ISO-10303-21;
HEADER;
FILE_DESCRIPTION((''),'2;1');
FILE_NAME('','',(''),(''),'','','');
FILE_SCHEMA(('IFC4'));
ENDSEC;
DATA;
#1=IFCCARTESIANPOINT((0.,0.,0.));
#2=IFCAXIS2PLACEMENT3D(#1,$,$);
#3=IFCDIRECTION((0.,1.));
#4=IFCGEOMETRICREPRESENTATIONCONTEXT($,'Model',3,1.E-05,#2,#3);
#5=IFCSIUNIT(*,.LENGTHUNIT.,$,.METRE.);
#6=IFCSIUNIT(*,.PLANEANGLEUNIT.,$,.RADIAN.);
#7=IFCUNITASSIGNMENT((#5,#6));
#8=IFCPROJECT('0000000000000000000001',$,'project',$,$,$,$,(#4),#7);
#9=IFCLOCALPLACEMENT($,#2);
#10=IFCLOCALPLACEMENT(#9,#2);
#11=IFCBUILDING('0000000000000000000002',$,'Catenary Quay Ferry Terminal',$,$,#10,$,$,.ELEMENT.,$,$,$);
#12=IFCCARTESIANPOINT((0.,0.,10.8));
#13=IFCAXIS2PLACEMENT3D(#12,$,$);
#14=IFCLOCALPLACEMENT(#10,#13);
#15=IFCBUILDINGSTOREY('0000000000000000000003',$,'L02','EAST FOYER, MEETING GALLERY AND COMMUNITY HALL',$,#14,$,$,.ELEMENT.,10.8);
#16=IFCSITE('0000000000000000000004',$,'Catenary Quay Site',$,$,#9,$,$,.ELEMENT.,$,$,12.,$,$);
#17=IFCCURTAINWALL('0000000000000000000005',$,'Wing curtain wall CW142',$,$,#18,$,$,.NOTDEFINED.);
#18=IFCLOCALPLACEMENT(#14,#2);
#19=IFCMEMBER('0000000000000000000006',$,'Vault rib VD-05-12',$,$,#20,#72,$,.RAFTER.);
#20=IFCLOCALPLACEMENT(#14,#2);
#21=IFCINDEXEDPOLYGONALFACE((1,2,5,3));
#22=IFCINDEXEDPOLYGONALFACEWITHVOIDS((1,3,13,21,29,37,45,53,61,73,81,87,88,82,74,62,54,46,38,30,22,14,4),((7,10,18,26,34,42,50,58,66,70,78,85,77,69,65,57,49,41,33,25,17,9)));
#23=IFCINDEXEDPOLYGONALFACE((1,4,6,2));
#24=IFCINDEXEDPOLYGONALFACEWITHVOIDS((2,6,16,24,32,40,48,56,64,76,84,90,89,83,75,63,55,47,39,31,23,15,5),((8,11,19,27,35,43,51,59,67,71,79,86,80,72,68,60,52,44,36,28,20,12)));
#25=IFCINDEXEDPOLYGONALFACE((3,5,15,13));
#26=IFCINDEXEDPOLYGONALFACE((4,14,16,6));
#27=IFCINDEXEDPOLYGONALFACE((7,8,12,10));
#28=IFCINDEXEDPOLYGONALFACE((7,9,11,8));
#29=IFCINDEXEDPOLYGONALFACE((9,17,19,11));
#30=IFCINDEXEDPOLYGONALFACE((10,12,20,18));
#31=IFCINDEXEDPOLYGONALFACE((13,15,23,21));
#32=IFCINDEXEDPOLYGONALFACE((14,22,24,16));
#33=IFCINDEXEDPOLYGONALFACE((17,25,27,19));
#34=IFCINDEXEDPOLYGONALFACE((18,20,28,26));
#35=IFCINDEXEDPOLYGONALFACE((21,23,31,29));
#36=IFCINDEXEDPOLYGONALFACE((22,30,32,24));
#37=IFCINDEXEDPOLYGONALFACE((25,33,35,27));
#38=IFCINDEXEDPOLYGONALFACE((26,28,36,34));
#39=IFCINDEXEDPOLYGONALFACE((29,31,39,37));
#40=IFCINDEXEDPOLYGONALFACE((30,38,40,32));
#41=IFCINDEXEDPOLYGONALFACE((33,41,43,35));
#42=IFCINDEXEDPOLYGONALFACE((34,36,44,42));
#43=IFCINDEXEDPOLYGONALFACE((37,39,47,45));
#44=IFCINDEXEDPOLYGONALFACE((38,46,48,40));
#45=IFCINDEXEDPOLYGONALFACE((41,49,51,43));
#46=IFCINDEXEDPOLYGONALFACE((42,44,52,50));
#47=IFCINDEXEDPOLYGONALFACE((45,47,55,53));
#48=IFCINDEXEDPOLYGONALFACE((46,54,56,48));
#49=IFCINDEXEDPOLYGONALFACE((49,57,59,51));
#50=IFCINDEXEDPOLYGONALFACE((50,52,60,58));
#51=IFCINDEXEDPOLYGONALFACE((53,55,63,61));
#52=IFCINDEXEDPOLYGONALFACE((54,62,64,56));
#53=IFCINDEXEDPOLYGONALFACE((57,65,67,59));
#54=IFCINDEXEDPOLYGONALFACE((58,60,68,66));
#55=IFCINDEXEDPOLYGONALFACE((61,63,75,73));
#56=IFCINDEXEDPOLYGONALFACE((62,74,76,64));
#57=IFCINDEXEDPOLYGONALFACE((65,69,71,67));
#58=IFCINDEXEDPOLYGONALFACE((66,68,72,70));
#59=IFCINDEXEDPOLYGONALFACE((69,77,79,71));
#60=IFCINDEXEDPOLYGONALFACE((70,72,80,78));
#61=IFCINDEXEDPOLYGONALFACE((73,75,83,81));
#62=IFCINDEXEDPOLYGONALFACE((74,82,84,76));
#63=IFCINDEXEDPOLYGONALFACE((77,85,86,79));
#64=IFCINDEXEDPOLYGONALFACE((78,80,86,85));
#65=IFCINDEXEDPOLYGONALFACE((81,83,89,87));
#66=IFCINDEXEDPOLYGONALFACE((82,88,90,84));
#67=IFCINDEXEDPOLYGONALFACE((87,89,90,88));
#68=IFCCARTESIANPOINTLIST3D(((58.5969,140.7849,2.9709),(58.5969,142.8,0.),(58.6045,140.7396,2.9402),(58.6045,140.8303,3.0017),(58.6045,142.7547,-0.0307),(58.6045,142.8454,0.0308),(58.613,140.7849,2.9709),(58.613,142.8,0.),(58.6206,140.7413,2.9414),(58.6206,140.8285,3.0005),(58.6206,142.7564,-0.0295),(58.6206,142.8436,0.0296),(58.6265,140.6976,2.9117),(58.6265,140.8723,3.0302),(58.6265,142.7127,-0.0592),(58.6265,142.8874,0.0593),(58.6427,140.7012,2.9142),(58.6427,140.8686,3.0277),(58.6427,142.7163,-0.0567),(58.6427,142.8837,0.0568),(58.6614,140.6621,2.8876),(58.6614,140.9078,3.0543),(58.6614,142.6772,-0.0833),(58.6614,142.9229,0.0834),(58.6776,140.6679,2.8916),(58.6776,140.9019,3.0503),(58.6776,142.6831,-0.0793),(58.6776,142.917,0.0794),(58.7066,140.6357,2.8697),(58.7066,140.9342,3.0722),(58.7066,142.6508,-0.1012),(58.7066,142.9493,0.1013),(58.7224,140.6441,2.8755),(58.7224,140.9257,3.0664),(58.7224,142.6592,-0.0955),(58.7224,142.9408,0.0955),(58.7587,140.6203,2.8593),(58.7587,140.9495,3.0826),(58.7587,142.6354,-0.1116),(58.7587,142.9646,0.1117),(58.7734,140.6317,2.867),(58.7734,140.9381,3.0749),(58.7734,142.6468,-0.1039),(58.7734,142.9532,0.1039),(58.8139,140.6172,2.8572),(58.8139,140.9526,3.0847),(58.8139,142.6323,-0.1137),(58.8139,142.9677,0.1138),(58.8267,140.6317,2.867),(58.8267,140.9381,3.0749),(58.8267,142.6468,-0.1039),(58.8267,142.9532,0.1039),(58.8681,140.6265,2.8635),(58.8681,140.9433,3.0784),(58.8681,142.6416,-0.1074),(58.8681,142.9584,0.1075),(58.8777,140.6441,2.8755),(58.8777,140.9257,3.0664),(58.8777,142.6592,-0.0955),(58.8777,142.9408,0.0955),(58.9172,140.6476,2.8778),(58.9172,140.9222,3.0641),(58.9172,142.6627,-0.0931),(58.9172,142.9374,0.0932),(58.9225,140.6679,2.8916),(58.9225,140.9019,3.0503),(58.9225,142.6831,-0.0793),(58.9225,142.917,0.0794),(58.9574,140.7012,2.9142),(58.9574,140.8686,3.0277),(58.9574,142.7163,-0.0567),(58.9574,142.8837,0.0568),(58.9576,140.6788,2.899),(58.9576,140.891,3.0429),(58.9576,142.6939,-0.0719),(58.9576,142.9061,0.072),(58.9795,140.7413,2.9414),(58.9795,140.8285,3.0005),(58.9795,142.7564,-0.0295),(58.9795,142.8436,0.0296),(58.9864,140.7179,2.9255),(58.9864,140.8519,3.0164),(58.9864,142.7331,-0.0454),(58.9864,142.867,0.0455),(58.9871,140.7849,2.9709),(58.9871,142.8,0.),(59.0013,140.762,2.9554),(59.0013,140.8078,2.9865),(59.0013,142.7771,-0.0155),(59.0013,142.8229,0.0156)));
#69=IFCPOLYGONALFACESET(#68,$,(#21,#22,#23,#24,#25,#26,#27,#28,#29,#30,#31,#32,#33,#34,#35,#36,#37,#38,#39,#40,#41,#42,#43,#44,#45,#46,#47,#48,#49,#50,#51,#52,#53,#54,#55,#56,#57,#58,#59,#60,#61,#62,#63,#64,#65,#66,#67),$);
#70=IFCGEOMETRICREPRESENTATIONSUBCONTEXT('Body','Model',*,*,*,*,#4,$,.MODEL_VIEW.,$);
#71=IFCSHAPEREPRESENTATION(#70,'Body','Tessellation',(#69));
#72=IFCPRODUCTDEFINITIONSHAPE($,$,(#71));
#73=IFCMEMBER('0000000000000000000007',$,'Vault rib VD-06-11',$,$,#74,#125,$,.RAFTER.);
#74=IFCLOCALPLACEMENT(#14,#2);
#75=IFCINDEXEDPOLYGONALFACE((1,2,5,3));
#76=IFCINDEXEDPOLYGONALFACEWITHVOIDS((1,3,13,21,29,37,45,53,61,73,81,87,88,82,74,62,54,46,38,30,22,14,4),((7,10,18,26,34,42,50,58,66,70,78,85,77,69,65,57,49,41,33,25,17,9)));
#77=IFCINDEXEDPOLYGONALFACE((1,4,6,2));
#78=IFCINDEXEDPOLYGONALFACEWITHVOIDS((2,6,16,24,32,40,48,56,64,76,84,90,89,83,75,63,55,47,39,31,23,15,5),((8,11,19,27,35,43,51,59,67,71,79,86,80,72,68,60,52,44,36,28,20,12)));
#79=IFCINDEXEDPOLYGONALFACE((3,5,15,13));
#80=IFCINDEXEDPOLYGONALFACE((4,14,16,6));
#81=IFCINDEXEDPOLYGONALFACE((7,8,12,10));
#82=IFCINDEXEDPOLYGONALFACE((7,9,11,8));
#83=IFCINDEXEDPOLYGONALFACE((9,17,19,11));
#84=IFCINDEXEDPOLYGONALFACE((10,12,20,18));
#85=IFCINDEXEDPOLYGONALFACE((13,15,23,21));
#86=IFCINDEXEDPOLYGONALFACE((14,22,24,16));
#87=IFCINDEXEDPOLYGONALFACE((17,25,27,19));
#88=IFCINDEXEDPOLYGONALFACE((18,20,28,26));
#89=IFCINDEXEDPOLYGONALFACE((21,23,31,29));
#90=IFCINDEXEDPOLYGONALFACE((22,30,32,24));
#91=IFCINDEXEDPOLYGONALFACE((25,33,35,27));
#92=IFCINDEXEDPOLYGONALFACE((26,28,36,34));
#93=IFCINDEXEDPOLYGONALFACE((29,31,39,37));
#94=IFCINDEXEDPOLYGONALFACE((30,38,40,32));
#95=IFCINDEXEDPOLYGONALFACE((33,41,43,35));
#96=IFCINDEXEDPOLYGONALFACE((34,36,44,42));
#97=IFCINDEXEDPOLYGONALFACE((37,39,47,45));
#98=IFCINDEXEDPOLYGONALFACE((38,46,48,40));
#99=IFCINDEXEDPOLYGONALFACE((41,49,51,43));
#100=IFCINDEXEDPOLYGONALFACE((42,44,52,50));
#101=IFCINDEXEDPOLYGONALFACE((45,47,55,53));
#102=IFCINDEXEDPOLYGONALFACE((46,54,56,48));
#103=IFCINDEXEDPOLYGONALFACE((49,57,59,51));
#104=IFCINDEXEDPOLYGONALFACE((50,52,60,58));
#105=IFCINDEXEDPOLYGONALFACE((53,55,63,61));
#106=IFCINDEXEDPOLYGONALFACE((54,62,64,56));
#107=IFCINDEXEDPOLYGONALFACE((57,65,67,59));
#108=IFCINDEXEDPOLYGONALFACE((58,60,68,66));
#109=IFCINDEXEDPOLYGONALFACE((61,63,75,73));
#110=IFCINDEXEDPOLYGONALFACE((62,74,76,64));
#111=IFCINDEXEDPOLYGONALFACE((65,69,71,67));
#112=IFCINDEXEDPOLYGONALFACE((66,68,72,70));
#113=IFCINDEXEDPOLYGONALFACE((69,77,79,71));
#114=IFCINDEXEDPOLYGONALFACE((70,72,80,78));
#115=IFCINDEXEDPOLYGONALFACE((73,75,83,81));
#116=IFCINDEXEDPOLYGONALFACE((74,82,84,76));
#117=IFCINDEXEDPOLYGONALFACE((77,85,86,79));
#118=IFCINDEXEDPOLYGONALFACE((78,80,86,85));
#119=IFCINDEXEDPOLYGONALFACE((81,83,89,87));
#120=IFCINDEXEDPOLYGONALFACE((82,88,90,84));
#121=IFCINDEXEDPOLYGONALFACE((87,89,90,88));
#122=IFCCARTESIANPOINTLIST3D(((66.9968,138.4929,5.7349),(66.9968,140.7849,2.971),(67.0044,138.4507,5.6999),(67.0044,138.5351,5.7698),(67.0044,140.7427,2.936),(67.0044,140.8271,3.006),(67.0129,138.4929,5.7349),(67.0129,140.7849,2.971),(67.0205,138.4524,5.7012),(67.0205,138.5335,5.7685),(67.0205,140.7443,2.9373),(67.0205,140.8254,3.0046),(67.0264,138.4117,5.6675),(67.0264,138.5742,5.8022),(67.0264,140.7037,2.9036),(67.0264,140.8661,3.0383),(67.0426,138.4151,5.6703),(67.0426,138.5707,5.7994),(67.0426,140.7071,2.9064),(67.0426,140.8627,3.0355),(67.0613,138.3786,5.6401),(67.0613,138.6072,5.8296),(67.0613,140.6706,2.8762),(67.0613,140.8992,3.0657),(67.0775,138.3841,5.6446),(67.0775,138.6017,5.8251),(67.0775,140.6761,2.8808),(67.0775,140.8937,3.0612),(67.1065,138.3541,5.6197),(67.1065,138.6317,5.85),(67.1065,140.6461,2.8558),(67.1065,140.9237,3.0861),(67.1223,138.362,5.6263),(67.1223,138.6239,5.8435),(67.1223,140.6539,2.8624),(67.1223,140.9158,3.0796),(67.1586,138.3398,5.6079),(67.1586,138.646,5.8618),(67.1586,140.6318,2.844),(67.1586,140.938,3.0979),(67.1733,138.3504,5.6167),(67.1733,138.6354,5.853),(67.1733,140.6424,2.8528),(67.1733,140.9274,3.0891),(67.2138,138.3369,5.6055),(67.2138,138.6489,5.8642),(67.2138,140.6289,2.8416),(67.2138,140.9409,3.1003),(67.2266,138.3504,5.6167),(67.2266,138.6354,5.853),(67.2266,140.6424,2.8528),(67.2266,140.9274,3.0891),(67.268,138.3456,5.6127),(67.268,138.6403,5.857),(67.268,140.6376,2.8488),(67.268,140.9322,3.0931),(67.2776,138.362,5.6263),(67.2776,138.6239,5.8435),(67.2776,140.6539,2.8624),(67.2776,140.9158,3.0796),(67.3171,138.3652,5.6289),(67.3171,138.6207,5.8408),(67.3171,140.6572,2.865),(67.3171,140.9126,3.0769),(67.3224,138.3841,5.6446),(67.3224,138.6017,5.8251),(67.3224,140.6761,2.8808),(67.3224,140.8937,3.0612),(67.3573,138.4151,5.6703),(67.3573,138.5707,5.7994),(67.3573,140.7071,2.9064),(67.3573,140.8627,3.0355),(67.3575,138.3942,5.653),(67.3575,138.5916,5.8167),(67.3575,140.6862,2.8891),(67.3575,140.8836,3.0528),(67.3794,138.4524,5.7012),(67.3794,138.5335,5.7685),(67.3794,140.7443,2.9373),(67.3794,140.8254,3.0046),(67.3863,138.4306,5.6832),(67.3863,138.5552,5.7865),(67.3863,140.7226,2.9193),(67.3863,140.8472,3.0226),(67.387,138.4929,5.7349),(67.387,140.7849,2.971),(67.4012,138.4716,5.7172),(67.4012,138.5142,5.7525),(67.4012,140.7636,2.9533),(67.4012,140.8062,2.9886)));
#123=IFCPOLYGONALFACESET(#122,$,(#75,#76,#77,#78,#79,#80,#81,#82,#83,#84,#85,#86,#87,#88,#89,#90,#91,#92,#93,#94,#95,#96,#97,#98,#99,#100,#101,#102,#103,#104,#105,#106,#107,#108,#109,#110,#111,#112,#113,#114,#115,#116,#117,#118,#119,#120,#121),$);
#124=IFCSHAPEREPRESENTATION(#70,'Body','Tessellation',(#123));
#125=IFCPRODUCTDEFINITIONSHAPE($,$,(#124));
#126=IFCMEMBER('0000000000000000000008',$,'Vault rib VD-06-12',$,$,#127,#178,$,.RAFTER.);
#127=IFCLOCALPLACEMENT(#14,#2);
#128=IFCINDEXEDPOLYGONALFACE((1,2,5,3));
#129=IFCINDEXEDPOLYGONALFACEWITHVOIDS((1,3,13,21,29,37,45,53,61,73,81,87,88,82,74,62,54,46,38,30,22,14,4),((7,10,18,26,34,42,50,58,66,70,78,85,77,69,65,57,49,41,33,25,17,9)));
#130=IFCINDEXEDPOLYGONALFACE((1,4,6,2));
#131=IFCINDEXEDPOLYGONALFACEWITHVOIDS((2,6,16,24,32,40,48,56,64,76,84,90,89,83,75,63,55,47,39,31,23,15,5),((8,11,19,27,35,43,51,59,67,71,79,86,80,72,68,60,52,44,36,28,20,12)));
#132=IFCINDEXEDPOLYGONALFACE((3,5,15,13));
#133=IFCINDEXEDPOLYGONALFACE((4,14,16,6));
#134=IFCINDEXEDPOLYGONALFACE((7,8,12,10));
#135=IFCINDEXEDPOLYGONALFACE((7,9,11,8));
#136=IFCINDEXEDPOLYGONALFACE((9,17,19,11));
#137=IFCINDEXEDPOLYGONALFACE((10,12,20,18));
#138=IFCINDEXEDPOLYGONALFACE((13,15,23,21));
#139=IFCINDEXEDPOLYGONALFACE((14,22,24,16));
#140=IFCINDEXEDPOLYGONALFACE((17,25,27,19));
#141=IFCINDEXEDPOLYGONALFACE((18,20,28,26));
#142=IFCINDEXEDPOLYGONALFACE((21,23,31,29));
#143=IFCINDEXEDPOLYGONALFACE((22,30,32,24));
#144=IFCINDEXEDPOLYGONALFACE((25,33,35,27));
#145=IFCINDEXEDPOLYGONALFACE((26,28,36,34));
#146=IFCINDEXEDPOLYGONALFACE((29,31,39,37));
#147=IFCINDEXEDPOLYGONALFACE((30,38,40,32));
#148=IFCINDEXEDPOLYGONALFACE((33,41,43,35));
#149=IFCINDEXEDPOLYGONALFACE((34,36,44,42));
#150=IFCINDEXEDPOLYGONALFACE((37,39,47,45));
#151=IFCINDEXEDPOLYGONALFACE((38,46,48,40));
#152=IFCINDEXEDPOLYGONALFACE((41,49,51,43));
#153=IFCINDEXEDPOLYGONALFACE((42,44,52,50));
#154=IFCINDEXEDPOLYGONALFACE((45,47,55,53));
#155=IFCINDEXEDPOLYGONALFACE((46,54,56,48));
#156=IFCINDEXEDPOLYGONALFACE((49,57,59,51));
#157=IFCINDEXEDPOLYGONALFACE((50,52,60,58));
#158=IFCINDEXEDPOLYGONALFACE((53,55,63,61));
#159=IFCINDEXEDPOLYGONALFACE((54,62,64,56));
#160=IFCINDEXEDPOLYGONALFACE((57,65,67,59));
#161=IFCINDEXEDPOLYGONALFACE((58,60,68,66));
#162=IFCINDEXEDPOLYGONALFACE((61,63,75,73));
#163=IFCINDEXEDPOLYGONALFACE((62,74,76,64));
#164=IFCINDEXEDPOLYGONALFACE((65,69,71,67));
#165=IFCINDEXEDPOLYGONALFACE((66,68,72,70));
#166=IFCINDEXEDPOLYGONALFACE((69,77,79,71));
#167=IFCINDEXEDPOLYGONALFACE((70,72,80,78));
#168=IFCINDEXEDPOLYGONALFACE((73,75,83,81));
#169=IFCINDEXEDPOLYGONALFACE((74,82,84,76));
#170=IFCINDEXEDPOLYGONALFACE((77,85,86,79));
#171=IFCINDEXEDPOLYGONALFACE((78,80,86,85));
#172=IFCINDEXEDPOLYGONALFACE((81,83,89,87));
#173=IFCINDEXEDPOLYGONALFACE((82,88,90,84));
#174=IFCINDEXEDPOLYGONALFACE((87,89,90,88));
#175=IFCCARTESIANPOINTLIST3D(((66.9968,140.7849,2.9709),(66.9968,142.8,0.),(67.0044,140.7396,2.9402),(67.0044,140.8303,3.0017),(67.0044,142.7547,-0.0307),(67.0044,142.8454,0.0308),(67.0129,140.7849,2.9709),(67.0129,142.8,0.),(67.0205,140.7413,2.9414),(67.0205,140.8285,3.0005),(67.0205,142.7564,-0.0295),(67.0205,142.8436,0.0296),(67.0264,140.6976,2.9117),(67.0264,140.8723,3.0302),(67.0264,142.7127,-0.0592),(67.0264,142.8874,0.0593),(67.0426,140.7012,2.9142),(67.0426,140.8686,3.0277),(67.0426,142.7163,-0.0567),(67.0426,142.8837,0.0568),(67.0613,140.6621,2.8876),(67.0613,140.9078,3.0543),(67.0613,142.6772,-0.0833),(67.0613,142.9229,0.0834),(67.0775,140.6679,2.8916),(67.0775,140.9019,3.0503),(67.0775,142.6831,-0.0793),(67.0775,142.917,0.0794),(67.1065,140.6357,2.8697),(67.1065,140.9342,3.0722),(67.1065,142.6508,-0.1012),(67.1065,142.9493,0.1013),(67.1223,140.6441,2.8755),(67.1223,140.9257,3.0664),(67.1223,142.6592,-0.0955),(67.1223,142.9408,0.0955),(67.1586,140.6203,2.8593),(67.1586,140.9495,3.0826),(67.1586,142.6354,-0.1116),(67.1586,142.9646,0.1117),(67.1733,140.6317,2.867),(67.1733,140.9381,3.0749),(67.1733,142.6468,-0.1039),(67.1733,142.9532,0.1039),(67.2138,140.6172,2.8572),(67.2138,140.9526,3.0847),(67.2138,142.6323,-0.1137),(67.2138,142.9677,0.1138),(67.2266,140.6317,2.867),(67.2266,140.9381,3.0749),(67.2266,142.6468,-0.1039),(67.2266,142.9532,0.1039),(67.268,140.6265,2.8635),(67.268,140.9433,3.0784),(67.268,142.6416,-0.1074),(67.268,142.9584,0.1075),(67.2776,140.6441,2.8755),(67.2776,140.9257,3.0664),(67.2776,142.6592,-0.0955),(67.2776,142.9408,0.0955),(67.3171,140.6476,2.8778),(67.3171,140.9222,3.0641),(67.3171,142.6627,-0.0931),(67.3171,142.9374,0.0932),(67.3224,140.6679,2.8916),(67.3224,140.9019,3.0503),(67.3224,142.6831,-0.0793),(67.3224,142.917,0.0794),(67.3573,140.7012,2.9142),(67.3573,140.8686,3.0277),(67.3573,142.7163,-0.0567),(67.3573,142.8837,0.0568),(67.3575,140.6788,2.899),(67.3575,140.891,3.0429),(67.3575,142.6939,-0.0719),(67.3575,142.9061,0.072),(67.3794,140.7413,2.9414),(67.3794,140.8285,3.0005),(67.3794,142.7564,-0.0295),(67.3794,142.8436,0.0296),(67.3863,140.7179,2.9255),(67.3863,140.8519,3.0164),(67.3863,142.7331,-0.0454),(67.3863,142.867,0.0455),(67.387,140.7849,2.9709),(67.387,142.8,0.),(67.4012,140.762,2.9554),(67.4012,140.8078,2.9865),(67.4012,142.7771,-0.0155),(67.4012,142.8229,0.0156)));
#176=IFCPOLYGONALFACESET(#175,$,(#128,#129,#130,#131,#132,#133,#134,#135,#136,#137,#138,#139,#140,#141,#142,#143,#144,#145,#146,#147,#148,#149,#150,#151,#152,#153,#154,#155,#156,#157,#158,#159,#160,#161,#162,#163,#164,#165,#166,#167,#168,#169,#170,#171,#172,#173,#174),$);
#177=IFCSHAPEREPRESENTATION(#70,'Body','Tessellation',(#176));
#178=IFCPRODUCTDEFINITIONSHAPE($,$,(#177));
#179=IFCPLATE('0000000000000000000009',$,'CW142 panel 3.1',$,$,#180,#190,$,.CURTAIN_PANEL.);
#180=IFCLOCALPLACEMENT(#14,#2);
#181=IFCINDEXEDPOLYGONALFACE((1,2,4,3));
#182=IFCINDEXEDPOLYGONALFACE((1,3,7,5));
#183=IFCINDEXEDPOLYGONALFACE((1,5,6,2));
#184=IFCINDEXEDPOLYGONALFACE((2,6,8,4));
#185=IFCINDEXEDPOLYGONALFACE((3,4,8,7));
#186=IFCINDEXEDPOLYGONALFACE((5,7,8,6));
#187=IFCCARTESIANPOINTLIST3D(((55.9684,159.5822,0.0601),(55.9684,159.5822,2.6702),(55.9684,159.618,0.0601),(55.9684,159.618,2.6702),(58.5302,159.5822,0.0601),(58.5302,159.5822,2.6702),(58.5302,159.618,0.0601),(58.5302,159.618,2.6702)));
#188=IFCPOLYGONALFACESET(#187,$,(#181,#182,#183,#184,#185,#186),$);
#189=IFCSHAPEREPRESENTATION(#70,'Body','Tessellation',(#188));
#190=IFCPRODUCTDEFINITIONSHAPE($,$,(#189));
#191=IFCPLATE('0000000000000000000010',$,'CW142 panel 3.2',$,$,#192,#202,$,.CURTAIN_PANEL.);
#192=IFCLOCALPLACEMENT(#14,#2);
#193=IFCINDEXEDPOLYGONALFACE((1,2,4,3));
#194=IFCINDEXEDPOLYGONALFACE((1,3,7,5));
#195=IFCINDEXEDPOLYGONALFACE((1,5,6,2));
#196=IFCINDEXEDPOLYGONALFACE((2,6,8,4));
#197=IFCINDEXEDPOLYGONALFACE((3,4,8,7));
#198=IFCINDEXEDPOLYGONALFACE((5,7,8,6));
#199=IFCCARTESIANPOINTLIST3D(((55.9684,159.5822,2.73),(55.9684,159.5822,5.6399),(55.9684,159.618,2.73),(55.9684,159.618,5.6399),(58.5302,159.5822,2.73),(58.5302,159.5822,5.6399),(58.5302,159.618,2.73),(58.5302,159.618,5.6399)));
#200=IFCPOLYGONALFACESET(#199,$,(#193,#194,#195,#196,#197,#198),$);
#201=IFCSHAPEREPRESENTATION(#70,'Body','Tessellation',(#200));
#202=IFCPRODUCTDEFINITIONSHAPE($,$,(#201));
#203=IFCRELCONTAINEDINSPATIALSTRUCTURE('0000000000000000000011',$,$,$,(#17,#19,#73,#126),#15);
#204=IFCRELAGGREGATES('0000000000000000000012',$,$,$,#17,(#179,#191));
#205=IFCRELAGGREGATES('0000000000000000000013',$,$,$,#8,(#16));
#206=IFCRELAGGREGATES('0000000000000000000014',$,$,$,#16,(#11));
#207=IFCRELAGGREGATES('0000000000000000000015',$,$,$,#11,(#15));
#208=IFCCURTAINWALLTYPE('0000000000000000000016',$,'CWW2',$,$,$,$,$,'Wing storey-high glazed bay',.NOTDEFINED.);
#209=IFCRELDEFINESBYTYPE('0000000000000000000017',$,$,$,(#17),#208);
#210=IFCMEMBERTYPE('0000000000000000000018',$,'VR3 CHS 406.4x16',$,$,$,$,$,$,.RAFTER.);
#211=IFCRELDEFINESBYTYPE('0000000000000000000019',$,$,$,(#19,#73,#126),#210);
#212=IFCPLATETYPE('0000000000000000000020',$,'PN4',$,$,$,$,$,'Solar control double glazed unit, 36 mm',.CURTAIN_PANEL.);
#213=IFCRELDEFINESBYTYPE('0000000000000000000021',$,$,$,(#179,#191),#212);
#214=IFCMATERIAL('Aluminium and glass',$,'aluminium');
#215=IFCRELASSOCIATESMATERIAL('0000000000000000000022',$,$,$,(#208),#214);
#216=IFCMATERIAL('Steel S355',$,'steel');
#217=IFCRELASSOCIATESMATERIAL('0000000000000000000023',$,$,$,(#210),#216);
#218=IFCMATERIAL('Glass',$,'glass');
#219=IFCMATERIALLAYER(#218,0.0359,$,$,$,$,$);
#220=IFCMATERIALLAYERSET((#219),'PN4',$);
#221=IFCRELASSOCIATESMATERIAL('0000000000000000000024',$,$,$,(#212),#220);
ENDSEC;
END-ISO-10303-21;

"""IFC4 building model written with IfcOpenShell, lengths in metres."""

from ifc_helpers import new_model, si_unit, direction, frame, origin, origin_2d, place, context, subcontext, project, spatial, rectangle, hollow_circle, extrude, material, layer, layer_set, material_profile, profile_set, type_object, element, aggregate, save


model = new_model("IFC4")

# Units and contexts
model_context = context("Model", 3, precision=1e-05, world=origin(), true_north=direction((0.0, 1.0)))
body_context = subcontext(model_context, "Body", "Model", "MODEL_VIEW")
ifc_project = project(units=[si_unit("LENGTHUNIT", "METRE"), si_unit("PLANEANGLEUNIT", "RADIAN")], contexts=[model_context])

# Site, building, storey
site_placement = place(None, origin())
site = spatial("IfcSite", under=ifc_project, at=site_placement, Name="Catenary Quay Site", CompositionType="ELEMENT", RefElevation=12.0)
building_placement = place(site_placement, origin())
building = spatial("IfcBuilding", under=site, at=building_placement, Name="Catenary Quay Ferry Terminal", CompositionType="ELEMENT")
storey_placement = place(building_placement, frame((0.0, 0.0, 10.8)))
storey = spatial("IfcBuildingStorey", under=building, at=storey_placement, Name="L02", Description="EAST FOYER, MEETING GALLERY AND COMMUNITY HALL", CompositionType="ELEMENT", Elevation=10.8)

# Curtain wall
ifc_material_1 = material(Name="Aluminium and glass", Category="aluminium")
curtain_wall_type = type_object("IfcCurtainWallType", Name="CWW2", ElementType="Wing storey-high glazed bay", PredefinedType="NOTDEFINED", material=ifc_material_1)
curtain_wall_1_placement = place(storey_placement, origin())
curtain_wall_1 = element("IfcCurtainWall", 1, at=curtain_wall_1_placement, inside=storey, type_object=curtain_wall_type, Name="Wing curtain wall CW142", PredefinedType="NOTDEFINED")

# Members
ifc_material_2 = material(Name="Steel S355", Category="steel")
ifc_material_profile_1 = material_profile(ifc_material_2, hollow_circle(Radius=0.2031, WallThickness=0.0161, at=origin_2d()), Name="CHS 406.4x16")
ifc_profile_set_1 = profile_set([ifc_material_profile_1], Name="Steel S355")
member_type_1 = type_object("IfcMemberType", Name="VR3 CHS 406.4x16", PredefinedType="RAFTER", material=ifc_profile_set_1)
member_1_placement = place(storey_placement, frame((58.8, 140.7849, 2.9709), z_axis=(0.0, 0.561337, -0.827587), x_axis=(-1.0, 0.0, 0.0)))
element("IfcMember", 2, at=member_1_placement, inside=storey, type_object=member_type_1, Name="Vault rib VD-05-12", PredefinedType="RAFTER", context=body_context, shape_type="SweptSolid", body=[
    extrude(hollow_circle(Radius=0.2031, WallThickness=0.0161, at=origin_2d()), origin(), (0.0, 0.0, 1.0), 3.5898),
])
member_2_placement = place(storey_placement, frame((67.2, 138.4929, 5.7349), z_axis=(0.0, 0.63833, -0.769763), x_axis=(-1.0, 0.0, 0.0)))
element("IfcMember", 3, at=member_2_placement, inside=storey, type_object=member_type_1, Name="Vault rib VD-06-11", PredefinedType="RAFTER", context=body_context, shape_type="SweptSolid", body=[
    extrude(hollow_circle(Radius=0.2031, WallThickness=0.0161, at=origin_2d()), origin(), (0.0, 0.0, 1.0), 3.5906),
])
member_3_placement = place(storey_placement, frame((67.2, 140.7849, 2.9709), z_axis=(0.0, 0.561337, -0.827587), x_axis=(-1.0, 0.0, 0.0)))
element("IfcMember", 4, at=member_3_placement, inside=storey, type_object=member_type_1, Name="Vault rib VD-06-12", PredefinedType="RAFTER", context=body_context, shape_type="SweptSolid", body=[
    extrude(hollow_circle(Radius=0.2031, WallThickness=0.0161, at=origin_2d()), origin(), (0.0, 0.0, 1.0), 3.5898),
])

# Plates
ifc_material_3 = material(Name="Glass", Category="glass")
ifc_layer_1 = layer(ifc_material_3, 0.0359)
ifc_layer_set_1 = layer_set([ifc_layer_1], Name="PN4")
plate_type = type_object("IfcPlateType", Name="PN4", ElementType="Solar control double glazed unit, 36 mm", PredefinedType="CURTAIN_PANEL", material=ifc_layer_set_1)
plate_1_placement = place(storey_placement, frame((57.2493, 159.6001, 0.0601), z_axis=(0.0, 0.0, 1.0), x_axis=(1.0, 0.0, 0.0)))
plate_1 = element("IfcPlate", 5, at=plate_1_placement, type_object=plate_type, Name="CW142 panel 3.1", PredefinedType="CURTAIN_PANEL", context=body_context, shape_type="SweptSolid", body=[
    extrude(rectangle(XDim=2.5618, YDim=0.0359, at=origin_2d()), origin(), (0.0, 0.0, 1.0), 2.6101),
])
plate_2_placement = place(storey_placement, frame((57.2493, 159.6001, 2.73), z_axis=(0.0, 0.0, 1.0), x_axis=(1.0, 0.0, 0.0)))
plate_2 = element("IfcPlate", 6, at=plate_2_placement, type_object=plate_type, Name="CW142 panel 3.2", PredefinedType="CURTAIN_PANEL", context=body_context, shape_type="SweptSolid", body=[
    extrude(rectangle(XDim=2.5618, YDim=0.0359, at=origin_2d()), origin(), (0.0, 0.0, 1.0), 2.9099),
])
aggregate(curtain_wall_1, [plate_1, plate_2])

save(model, "model.ifc")
